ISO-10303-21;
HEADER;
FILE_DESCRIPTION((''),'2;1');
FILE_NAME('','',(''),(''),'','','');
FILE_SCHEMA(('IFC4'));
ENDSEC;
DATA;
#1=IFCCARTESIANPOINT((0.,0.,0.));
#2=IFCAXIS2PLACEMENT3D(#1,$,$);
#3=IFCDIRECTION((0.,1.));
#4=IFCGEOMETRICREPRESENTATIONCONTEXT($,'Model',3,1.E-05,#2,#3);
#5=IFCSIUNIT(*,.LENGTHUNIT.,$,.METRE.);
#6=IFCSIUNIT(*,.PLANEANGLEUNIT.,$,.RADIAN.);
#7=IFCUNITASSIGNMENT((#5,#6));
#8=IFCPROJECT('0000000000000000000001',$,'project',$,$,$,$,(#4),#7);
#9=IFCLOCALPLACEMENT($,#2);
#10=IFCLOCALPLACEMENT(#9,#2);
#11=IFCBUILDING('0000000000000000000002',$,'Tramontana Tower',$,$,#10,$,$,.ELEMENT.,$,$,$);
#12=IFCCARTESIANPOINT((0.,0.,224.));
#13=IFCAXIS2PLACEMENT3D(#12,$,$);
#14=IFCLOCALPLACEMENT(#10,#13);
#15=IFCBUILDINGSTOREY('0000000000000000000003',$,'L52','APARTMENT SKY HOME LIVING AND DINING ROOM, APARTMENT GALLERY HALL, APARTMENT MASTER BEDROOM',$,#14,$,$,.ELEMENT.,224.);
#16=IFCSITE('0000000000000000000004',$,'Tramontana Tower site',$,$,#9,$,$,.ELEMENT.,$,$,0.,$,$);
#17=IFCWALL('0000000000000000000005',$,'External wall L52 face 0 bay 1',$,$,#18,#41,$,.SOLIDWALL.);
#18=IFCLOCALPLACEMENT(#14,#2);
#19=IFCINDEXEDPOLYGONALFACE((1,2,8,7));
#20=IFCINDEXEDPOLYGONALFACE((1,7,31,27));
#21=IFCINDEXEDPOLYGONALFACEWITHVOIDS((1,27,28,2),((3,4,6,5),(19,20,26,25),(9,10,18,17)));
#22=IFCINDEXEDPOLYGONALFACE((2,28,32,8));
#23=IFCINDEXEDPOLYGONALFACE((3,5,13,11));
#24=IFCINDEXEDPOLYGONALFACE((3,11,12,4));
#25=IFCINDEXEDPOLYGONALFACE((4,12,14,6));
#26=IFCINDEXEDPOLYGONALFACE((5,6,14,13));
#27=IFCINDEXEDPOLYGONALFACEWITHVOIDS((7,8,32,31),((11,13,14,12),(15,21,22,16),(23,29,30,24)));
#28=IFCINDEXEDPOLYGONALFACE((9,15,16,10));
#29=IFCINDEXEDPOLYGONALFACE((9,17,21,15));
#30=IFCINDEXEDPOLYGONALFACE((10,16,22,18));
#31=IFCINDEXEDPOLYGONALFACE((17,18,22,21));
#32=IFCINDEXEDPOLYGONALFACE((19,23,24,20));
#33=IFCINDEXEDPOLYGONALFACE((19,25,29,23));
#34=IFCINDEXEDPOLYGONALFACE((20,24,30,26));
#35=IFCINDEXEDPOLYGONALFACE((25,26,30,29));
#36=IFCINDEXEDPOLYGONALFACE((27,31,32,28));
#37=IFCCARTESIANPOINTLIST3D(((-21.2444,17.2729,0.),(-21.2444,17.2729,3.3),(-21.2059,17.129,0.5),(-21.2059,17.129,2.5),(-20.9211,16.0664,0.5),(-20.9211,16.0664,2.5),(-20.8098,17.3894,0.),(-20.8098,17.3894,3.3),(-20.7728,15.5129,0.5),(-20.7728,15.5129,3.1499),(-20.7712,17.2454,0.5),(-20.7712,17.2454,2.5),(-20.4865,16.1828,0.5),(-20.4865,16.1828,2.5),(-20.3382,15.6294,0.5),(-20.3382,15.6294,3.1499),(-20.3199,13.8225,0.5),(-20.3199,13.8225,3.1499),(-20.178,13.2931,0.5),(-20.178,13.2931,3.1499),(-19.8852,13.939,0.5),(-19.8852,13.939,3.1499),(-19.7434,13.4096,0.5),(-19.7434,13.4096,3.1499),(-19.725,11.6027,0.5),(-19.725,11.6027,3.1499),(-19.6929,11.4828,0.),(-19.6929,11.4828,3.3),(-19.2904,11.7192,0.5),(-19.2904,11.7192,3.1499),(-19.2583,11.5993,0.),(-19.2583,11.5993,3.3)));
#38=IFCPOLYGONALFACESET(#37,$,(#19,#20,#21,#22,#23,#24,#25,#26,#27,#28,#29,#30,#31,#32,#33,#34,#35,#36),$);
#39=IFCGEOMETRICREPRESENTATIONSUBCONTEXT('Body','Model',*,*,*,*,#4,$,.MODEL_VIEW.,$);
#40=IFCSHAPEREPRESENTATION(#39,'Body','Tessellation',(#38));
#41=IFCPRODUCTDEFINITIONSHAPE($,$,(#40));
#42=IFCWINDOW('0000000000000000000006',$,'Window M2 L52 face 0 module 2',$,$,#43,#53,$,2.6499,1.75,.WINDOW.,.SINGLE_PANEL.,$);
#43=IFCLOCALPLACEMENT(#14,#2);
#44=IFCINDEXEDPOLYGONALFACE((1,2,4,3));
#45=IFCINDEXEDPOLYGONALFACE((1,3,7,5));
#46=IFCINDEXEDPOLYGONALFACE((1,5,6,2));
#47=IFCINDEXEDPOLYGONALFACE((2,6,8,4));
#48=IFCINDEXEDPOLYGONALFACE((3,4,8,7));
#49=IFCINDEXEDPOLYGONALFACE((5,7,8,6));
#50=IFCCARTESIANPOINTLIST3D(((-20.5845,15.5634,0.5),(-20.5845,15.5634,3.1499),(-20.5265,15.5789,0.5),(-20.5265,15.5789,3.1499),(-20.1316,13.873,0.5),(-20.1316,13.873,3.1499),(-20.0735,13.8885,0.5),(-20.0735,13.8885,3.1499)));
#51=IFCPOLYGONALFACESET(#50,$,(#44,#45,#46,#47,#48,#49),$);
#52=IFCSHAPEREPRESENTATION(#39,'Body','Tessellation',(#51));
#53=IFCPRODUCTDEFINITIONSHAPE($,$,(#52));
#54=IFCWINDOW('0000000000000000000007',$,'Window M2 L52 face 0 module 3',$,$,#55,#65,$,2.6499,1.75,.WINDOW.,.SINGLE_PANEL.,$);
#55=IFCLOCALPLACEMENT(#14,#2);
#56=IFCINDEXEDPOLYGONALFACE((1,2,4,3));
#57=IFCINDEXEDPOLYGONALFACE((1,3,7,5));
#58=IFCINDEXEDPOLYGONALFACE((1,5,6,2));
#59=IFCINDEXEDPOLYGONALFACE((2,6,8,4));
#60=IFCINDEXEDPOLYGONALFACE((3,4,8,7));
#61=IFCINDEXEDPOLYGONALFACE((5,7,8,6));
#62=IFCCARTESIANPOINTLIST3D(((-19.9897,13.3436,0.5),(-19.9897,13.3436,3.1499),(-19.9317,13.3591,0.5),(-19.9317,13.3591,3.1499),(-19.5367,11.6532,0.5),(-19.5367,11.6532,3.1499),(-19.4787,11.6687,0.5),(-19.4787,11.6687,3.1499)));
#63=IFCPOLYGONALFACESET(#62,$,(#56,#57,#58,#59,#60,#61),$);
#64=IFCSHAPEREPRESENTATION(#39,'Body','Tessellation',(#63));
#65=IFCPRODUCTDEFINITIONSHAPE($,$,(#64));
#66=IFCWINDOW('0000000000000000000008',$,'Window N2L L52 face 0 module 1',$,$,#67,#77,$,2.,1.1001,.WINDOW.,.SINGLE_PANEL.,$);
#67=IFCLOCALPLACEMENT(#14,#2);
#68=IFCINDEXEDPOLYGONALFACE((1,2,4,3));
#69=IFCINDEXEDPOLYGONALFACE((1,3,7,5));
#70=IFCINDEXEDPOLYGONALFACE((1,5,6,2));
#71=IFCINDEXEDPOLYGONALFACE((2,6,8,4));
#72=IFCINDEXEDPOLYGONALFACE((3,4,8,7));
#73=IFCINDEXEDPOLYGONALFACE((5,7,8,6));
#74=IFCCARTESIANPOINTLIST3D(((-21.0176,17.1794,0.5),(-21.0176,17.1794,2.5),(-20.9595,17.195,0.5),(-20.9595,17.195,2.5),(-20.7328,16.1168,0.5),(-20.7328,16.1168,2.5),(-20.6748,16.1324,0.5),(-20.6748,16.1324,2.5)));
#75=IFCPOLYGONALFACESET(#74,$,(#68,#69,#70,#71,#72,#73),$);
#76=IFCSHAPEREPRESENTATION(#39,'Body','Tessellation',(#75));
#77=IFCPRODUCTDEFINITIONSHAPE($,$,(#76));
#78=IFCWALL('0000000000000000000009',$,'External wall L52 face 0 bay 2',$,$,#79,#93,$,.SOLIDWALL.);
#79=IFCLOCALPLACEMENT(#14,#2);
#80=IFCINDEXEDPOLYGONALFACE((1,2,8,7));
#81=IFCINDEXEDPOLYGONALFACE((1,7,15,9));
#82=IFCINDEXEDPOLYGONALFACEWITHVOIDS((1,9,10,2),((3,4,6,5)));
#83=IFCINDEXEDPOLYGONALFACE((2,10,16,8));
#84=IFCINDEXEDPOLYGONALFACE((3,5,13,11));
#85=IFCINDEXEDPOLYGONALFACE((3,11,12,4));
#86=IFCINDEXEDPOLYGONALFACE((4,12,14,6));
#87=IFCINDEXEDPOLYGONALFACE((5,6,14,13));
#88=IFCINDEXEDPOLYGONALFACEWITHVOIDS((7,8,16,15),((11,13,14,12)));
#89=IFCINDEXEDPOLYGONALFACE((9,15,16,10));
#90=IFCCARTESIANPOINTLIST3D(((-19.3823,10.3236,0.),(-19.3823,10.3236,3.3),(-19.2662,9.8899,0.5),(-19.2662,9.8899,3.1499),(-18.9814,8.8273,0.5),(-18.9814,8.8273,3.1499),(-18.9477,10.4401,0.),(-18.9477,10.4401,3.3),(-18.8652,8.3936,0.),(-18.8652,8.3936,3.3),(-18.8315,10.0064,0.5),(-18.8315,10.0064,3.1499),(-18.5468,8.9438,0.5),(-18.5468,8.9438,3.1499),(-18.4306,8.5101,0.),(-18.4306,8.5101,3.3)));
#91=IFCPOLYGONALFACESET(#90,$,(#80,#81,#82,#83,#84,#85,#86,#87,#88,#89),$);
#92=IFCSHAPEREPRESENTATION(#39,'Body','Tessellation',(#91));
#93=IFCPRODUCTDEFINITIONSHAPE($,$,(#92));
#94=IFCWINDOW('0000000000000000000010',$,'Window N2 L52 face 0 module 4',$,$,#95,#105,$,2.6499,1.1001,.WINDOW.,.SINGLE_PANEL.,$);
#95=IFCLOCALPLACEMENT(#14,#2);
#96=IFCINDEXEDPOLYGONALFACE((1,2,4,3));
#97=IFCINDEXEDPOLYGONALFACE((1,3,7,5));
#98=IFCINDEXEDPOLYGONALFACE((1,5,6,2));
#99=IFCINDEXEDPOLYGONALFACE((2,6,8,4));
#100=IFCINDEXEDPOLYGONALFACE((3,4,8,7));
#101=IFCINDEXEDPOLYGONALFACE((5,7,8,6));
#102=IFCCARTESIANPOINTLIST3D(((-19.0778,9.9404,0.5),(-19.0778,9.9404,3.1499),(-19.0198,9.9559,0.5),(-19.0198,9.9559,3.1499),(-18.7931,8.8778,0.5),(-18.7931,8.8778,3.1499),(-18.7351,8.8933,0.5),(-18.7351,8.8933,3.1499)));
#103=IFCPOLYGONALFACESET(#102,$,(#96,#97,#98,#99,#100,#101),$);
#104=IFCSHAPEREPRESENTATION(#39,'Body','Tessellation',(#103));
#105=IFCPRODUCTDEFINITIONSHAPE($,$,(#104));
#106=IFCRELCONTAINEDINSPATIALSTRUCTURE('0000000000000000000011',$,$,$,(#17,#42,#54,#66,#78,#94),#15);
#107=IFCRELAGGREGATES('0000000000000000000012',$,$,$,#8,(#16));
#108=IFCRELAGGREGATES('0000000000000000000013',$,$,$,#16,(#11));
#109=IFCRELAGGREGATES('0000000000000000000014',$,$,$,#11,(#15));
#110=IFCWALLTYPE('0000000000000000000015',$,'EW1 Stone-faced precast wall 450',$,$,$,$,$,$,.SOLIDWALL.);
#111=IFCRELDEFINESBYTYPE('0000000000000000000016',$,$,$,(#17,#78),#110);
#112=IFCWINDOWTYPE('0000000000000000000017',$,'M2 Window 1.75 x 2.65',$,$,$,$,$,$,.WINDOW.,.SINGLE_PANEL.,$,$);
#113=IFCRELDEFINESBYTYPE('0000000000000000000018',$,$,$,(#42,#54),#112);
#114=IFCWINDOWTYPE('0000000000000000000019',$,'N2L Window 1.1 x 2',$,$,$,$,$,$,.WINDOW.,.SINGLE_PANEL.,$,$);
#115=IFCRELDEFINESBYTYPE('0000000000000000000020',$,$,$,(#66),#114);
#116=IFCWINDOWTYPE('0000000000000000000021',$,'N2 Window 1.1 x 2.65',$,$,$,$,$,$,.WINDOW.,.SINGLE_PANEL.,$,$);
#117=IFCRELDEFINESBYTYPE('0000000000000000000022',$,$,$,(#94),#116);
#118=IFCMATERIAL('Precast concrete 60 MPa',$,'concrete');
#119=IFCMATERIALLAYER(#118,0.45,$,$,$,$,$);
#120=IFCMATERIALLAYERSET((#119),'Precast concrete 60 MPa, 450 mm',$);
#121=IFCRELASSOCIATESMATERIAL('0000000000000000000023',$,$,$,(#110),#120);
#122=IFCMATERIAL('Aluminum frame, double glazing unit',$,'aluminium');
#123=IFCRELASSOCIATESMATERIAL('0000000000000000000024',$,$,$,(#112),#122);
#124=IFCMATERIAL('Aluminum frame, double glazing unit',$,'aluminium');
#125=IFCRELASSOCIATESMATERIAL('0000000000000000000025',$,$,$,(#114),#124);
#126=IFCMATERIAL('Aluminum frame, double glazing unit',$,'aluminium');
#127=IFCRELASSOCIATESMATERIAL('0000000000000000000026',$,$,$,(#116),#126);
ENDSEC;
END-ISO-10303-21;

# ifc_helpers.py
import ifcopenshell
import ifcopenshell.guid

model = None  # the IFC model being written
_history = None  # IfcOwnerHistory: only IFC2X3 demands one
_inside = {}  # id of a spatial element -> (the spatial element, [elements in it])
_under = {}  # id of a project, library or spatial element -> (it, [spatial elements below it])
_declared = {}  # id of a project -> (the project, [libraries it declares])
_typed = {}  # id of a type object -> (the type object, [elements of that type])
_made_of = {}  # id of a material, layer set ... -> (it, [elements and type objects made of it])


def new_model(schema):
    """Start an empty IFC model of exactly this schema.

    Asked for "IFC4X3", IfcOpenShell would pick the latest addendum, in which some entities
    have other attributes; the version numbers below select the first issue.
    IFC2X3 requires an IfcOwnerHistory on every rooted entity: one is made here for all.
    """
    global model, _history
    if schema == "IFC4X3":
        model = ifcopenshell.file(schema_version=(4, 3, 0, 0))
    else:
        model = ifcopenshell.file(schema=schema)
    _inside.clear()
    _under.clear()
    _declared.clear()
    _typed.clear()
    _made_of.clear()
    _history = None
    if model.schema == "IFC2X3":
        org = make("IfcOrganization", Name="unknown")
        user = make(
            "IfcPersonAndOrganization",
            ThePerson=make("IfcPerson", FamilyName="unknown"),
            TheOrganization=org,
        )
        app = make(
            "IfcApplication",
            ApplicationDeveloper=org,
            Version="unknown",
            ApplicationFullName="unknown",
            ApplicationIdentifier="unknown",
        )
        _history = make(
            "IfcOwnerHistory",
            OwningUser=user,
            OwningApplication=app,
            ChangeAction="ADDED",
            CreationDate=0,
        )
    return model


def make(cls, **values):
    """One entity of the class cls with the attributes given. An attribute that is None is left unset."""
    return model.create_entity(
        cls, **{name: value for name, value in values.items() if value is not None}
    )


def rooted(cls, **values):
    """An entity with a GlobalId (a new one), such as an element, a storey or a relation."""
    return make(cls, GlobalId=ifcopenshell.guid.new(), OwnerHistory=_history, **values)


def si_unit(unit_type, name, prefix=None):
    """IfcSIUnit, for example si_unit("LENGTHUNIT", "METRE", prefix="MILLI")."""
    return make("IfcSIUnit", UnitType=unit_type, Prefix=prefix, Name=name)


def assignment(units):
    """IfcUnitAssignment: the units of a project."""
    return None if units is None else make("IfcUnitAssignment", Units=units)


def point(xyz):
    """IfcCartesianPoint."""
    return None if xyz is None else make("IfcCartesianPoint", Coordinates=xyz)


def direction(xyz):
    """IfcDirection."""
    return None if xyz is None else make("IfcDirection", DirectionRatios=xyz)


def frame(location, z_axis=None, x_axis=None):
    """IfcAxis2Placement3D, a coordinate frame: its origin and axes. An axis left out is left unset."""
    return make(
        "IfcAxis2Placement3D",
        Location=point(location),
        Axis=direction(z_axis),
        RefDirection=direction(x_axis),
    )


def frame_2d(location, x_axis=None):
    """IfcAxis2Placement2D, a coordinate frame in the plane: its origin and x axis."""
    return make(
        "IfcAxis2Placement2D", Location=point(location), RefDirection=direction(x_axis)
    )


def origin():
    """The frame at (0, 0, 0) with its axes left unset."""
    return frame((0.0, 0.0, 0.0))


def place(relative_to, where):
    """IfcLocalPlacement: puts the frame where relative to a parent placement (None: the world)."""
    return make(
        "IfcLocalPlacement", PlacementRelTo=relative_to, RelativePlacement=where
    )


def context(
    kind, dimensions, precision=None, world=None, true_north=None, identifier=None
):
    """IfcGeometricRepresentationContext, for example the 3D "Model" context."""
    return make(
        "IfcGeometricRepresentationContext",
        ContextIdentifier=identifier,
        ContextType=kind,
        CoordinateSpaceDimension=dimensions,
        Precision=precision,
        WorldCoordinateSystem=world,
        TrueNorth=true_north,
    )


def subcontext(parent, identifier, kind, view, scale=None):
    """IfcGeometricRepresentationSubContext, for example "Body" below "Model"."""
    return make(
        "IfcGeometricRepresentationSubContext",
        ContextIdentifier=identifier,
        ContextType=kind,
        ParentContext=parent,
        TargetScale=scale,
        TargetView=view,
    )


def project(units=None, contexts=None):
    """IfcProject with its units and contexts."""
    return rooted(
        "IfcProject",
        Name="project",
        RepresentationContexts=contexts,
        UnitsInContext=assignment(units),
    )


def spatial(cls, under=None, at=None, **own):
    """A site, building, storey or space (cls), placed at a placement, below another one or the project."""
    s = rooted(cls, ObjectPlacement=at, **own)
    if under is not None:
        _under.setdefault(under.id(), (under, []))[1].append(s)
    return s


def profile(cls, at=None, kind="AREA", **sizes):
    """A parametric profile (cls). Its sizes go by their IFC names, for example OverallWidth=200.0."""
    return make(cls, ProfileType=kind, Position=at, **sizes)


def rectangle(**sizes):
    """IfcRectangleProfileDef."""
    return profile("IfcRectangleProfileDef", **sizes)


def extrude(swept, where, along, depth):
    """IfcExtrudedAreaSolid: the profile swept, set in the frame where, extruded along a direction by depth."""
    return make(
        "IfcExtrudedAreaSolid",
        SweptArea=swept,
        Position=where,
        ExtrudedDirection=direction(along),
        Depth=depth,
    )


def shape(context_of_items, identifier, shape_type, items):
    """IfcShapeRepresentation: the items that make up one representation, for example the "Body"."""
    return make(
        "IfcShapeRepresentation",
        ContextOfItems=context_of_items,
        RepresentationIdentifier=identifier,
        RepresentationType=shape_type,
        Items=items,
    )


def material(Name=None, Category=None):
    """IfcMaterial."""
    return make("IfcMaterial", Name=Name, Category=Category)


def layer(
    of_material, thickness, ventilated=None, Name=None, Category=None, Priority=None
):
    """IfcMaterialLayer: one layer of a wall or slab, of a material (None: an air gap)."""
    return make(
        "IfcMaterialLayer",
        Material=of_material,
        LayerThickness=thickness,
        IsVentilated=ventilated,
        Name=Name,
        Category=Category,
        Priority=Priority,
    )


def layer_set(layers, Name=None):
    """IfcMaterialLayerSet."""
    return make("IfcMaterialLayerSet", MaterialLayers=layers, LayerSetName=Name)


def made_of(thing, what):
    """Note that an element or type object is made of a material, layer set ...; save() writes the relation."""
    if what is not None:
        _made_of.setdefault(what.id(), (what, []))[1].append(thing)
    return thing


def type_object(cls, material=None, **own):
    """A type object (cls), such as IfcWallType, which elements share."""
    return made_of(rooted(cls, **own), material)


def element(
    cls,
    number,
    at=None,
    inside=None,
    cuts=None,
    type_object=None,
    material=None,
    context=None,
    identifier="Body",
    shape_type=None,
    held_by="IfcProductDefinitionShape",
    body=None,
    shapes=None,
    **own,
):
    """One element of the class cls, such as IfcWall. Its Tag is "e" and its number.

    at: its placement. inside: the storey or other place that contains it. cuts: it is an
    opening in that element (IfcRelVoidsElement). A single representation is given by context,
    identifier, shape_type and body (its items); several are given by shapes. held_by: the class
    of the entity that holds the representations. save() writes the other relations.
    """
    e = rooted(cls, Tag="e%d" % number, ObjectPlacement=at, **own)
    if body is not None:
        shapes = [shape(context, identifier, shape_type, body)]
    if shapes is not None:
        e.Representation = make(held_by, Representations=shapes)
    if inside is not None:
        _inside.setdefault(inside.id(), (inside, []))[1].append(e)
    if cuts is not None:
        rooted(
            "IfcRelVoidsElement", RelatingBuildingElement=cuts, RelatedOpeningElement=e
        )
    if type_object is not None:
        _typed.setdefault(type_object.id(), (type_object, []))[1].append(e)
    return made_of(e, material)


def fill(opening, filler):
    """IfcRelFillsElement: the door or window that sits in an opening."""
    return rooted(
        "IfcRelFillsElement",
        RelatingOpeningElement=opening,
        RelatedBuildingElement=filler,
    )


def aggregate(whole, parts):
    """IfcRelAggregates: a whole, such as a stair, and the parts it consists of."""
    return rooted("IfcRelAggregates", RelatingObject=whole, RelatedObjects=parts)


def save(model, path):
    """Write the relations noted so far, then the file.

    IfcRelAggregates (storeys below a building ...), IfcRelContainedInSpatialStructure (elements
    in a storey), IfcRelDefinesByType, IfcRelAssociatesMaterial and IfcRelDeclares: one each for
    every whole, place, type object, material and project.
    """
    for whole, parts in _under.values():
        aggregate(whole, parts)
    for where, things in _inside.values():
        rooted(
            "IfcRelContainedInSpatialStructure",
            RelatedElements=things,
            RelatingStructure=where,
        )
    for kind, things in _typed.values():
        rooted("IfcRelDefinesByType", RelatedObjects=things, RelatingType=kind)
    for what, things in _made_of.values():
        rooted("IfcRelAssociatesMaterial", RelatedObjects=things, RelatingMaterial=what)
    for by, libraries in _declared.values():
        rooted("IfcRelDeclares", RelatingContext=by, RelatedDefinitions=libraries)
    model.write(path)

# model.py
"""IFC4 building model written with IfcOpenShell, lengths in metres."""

from ifc_helpers import new_model, si_unit, direction, frame, frame_2d, origin, place, context, subcontext, project, spatial, rectangle, extrude, material, layer, layer_set, type_object, element, fill, save


model = new_model("IFC4")

# Units and contexts
model_context = context("Model", 3, precision=1e-05, world=origin(), true_north=direction((0.0, 1.0)))
body_context = subcontext(model_context, "Body", "Model", "MODEL_VIEW")
ifc_project = project(units=[si_unit("LENGTHUNIT", "METRE"), si_unit("PLANEANGLEUNIT", "RADIAN")], contexts=[model_context])

# Site, building, storey
site_placement = place(None, origin())
site = spatial("IfcSite", under=ifc_project, at=site_placement, Name="Tramontana Tower site", CompositionType="ELEMENT", RefElevation=0.0)
building_placement = place(site_placement, origin())
building = spatial("IfcBuilding", under=site, at=building_placement, Name="Tramontana Tower", CompositionType="ELEMENT")
storey_placement = place(building_placement, frame((0.0, 0.0, 224.0)))
storey = spatial("IfcBuildingStorey", under=building, at=storey_placement, Name="L52", Description="APARTMENT SKY HOME LIVING AND DINING ROOM, APARTMENT GALLERY HALL, APARTMENT MASTER BEDROOM", CompositionType="ELEMENT", Elevation=224.0)

# Wall, openings, windows
ifc_material_1 = material(Name="Precast concrete 60 MPa", Category="concrete")
ifc_layer_1 = layer(ifc_material_1, 0.45)
ifc_layer_set_1 = layer_set([ifc_layer_1], Name="Precast concrete 60 MPa, 450 mm")
wall_type_1 = type_object("IfcWallType", Name="EW1 Stone-faced precast wall 450", PredefinedType="SOLIDWALL", material=ifc_layer_set_1)
wall_1_placement = place(storey_placement, frame((-21.0271, 17.3311, 0.0), z_axis=(0.0, 0.0, 1.0), x_axis=(0.258831, -0.965923, 0.0)))
wall_1 = element("IfcWall", 1, at=wall_1_placement, inside=storey, type_object=wall_type_1, Name="External wall L52 face 0 bay 1", PredefinedType="SOLIDWALL", context=body_context, shape_type="SweptSolid", body=[
    extrude(rectangle(XDim=5.9944, YDim=0.45, at=frame_2d((2.9971, 0.0))), origin(), (0.0, 0.0, 1.0), 3.3),
])
opening_1_placement = place(wall_1_placement, frame((0.1489, 0.0, 0.5)))
opening_1 = element("IfcOpeningElement", 2, at=opening_1_placement, cuts=wall_1, PredefinedType="OPENING", context=body_context, shape_type="SweptSolid", body=[
    extrude(rectangle(XDim=1.1001, YDim=2.0, at=frame_2d((0.55, 1.0))), frame((0.0, 0.2349, 0.0), z_axis=(0.0, -1.0, 0.0), x_axis=(1.0, 0.0, 0.0)), (0.0, 0.0, 1.0), 0.47),
])
opening_2_placement = place(wall_1_placement, frame((1.822, 0.0, 0.5)))
opening_2 = element("IfcOpeningElement", 3, at=opening_2_placement, cuts=wall_1, PredefinedType="OPENING", context=body_context, shape_type="SweptSolid", body=[
    extrude(rectangle(XDim=1.75, YDim=2.6499, at=frame_2d((0.875, 1.325))), frame((0.0, 0.2349, 0.0), z_axis=(0.0, -1.0, 0.0), x_axis=(1.0, 0.0, 0.0)), (0.0, 0.0, 1.0), 0.47),
])
opening_3_placement = place(wall_1_placement, frame((4.1201, 0.0, 0.5)))
opening_3 = element("IfcOpeningElement", 4, at=opening_3_placement, cuts=wall_1, PredefinedType="OPENING", context=body_context, shape_type="SweptSolid", body=[
    extrude(rectangle(XDim=1.75, YDim=2.6499, at=frame_2d((0.875, 1.325))), frame((0.0, 0.2349, 0.0), z_axis=(0.0, -1.0, 0.0), x_axis=(1.0, 0.0, 0.0)), (0.0, 0.0, 1.0), 0.47),
])
ifc_material_2 = material(Name="Aluminum frame, double glazing unit", Category="aluminium")
window_type_1 = type_object("IfcWindowType", Name="M2 Window 1.75 x 2.65", PartitioningType="SINGLE_PANEL", PredefinedType="WINDOW", material=ifc_material_2)
window_1_placement = place(opening_2_placement, origin())
window_1 = element("IfcWindow", 5, at=window_1_placement, inside=storey, type_object=window_type_1, Name="Window M2 L52 face 0 module 2", OverallHeight=2.6499, OverallWidth=1.75, PartitioningType="SINGLE_PANEL", PredefinedType="WINDOW", context=body_context, shape_type="SweptSolid", body=[
    extrude(rectangle(XDim=1.75, YDim=2.6499, at=frame_2d((0.875, 1.325))), frame((0.0, 0.03, 0.0), z_axis=(0.0, -1.0, 0.0), x_axis=(1.0, 0.0, 0.0)), (0.0, 0.0, 1.0), 0.0601),
])
fill(opening_2, window_1)
window_2_placement = place(opening_3_placement, origin())
window_2 = element("IfcWindow", 6, at=window_2_placement, inside=storey, type_object=window_type_1, Name="Window M2 L52 face 0 module 3", OverallHeight=2.6499, OverallWidth=1.75, PartitioningType="SINGLE_PANEL", PredefinedType="WINDOW", context=body_context, shape_type="SweptSolid", body=[
    extrude(rectangle(XDim=1.75, YDim=2.6499, at=frame_2d((0.875, 1.325))), frame((0.0, 0.03, 0.0), z_axis=(0.0, -1.0, 0.0), x_axis=(1.0, 0.0, 0.0)), (0.0, 0.0, 1.0), 0.0601),
])
fill(opening_3, window_2)
ifc_material_3 = material(Name="Aluminum frame, double glazing unit", Category="aluminium")
window_type_2 = type_object("IfcWindowType", Name="N2L Window 1.1 x 2", PartitioningType="SINGLE_PANEL", PredefinedType="WINDOW", material=ifc_material_3)
window_3_placement = place(opening_1_placement, origin())
window_3 = element("IfcWindow", 7, at=window_3_placement, inside=storey, type_object=window_type_2, Name="Window N2L L52 face 0 module 1", OverallHeight=2.0, OverallWidth=1.1001, PartitioningType="SINGLE_PANEL", PredefinedType="WINDOW", context=body_context, shape_type="SweptSolid", body=[
    extrude(rectangle(XDim=1.1001, YDim=2.0, at=frame_2d((0.55, 1.0))), frame((0.0, 0.03, 0.0), z_axis=(0.0, -1.0, 0.0), x_axis=(1.0, 0.0, 0.0)), (0.0, 0.0, 1.0), 0.0601),
])
fill(opening_1, window_3)

# Wall, opening, window
wall_2_placement = place(storey_placement, frame((-19.165, 10.3818, 0.0), z_axis=(0.0, 0.0, 1.0), x_axis=(0.258803, -0.96593, 0.0)))
wall_2 = element("IfcWall", 8, at=wall_2_placement, inside=storey, type_object=wall_type_1, Name="External wall L52 face 0 bay 2", PredefinedType="SOLIDWALL", context=body_context, shape_type="SweptSolid", body=[
    extrude(rectangle(XDim=1.998, YDim=0.45, at=frame_2d((0.999, 0.0))), origin(), (0.0, 0.0, 1.0), 3.3),
])
opening_4_placement = place(wall_2_placement, frame((0.449, 0.0, 0.5)))
opening_4 = element("IfcOpeningElement", 9, at=opening_4_placement, cuts=wall_2, PredefinedType="OPENING", context=body_context, shape_type="SweptSolid", body=[
    extrude(rectangle(XDim=1.1001, YDim=2.6499, at=frame_2d((0.55, 1.325))), frame((0.0, 0.2349, 0.0), z_axis=(0.0, -1.0, 0.0), x_axis=(1.0, 0.0, 0.0)), (0.0, 0.0, 1.0), 0.47),
])
ifc_material_4 = material(Name="Aluminum frame, double glazing unit", Category="aluminium")
window_type_3 = type_object("IfcWindowType", Name="N2 Window 1.1 x 2.65", PartitioningType="SINGLE_PANEL", PredefinedType="WINDOW", material=ifc_material_4)
window_4_placement = place(opening_4_placement, origin())
window_4 = element("IfcWindow", 10, at=window_4_placement, inside=storey, type_object=window_type_3, Name="Window N2 L52 face 0 module 4", OverallHeight=2.6499, OverallWidth=1.1001, PartitioningType="SINGLE_PANEL", PredefinedType="WINDOW", context=body_context, shape_type="SweptSolid", body=[
    extrude(rectangle(XDim=1.1001, YDim=2.6499, at=frame_2d((0.55, 1.325))), frame((0.0, 0.03, 0.0), z_axis=(0.0, -1.0, 0.0), x_axis=(1.0, 0.0, 0.0)), (0.0, 0.0, 1.0), 0.0601),
])
fill(opening_4, window_4)

save(model, "model.ifc")
